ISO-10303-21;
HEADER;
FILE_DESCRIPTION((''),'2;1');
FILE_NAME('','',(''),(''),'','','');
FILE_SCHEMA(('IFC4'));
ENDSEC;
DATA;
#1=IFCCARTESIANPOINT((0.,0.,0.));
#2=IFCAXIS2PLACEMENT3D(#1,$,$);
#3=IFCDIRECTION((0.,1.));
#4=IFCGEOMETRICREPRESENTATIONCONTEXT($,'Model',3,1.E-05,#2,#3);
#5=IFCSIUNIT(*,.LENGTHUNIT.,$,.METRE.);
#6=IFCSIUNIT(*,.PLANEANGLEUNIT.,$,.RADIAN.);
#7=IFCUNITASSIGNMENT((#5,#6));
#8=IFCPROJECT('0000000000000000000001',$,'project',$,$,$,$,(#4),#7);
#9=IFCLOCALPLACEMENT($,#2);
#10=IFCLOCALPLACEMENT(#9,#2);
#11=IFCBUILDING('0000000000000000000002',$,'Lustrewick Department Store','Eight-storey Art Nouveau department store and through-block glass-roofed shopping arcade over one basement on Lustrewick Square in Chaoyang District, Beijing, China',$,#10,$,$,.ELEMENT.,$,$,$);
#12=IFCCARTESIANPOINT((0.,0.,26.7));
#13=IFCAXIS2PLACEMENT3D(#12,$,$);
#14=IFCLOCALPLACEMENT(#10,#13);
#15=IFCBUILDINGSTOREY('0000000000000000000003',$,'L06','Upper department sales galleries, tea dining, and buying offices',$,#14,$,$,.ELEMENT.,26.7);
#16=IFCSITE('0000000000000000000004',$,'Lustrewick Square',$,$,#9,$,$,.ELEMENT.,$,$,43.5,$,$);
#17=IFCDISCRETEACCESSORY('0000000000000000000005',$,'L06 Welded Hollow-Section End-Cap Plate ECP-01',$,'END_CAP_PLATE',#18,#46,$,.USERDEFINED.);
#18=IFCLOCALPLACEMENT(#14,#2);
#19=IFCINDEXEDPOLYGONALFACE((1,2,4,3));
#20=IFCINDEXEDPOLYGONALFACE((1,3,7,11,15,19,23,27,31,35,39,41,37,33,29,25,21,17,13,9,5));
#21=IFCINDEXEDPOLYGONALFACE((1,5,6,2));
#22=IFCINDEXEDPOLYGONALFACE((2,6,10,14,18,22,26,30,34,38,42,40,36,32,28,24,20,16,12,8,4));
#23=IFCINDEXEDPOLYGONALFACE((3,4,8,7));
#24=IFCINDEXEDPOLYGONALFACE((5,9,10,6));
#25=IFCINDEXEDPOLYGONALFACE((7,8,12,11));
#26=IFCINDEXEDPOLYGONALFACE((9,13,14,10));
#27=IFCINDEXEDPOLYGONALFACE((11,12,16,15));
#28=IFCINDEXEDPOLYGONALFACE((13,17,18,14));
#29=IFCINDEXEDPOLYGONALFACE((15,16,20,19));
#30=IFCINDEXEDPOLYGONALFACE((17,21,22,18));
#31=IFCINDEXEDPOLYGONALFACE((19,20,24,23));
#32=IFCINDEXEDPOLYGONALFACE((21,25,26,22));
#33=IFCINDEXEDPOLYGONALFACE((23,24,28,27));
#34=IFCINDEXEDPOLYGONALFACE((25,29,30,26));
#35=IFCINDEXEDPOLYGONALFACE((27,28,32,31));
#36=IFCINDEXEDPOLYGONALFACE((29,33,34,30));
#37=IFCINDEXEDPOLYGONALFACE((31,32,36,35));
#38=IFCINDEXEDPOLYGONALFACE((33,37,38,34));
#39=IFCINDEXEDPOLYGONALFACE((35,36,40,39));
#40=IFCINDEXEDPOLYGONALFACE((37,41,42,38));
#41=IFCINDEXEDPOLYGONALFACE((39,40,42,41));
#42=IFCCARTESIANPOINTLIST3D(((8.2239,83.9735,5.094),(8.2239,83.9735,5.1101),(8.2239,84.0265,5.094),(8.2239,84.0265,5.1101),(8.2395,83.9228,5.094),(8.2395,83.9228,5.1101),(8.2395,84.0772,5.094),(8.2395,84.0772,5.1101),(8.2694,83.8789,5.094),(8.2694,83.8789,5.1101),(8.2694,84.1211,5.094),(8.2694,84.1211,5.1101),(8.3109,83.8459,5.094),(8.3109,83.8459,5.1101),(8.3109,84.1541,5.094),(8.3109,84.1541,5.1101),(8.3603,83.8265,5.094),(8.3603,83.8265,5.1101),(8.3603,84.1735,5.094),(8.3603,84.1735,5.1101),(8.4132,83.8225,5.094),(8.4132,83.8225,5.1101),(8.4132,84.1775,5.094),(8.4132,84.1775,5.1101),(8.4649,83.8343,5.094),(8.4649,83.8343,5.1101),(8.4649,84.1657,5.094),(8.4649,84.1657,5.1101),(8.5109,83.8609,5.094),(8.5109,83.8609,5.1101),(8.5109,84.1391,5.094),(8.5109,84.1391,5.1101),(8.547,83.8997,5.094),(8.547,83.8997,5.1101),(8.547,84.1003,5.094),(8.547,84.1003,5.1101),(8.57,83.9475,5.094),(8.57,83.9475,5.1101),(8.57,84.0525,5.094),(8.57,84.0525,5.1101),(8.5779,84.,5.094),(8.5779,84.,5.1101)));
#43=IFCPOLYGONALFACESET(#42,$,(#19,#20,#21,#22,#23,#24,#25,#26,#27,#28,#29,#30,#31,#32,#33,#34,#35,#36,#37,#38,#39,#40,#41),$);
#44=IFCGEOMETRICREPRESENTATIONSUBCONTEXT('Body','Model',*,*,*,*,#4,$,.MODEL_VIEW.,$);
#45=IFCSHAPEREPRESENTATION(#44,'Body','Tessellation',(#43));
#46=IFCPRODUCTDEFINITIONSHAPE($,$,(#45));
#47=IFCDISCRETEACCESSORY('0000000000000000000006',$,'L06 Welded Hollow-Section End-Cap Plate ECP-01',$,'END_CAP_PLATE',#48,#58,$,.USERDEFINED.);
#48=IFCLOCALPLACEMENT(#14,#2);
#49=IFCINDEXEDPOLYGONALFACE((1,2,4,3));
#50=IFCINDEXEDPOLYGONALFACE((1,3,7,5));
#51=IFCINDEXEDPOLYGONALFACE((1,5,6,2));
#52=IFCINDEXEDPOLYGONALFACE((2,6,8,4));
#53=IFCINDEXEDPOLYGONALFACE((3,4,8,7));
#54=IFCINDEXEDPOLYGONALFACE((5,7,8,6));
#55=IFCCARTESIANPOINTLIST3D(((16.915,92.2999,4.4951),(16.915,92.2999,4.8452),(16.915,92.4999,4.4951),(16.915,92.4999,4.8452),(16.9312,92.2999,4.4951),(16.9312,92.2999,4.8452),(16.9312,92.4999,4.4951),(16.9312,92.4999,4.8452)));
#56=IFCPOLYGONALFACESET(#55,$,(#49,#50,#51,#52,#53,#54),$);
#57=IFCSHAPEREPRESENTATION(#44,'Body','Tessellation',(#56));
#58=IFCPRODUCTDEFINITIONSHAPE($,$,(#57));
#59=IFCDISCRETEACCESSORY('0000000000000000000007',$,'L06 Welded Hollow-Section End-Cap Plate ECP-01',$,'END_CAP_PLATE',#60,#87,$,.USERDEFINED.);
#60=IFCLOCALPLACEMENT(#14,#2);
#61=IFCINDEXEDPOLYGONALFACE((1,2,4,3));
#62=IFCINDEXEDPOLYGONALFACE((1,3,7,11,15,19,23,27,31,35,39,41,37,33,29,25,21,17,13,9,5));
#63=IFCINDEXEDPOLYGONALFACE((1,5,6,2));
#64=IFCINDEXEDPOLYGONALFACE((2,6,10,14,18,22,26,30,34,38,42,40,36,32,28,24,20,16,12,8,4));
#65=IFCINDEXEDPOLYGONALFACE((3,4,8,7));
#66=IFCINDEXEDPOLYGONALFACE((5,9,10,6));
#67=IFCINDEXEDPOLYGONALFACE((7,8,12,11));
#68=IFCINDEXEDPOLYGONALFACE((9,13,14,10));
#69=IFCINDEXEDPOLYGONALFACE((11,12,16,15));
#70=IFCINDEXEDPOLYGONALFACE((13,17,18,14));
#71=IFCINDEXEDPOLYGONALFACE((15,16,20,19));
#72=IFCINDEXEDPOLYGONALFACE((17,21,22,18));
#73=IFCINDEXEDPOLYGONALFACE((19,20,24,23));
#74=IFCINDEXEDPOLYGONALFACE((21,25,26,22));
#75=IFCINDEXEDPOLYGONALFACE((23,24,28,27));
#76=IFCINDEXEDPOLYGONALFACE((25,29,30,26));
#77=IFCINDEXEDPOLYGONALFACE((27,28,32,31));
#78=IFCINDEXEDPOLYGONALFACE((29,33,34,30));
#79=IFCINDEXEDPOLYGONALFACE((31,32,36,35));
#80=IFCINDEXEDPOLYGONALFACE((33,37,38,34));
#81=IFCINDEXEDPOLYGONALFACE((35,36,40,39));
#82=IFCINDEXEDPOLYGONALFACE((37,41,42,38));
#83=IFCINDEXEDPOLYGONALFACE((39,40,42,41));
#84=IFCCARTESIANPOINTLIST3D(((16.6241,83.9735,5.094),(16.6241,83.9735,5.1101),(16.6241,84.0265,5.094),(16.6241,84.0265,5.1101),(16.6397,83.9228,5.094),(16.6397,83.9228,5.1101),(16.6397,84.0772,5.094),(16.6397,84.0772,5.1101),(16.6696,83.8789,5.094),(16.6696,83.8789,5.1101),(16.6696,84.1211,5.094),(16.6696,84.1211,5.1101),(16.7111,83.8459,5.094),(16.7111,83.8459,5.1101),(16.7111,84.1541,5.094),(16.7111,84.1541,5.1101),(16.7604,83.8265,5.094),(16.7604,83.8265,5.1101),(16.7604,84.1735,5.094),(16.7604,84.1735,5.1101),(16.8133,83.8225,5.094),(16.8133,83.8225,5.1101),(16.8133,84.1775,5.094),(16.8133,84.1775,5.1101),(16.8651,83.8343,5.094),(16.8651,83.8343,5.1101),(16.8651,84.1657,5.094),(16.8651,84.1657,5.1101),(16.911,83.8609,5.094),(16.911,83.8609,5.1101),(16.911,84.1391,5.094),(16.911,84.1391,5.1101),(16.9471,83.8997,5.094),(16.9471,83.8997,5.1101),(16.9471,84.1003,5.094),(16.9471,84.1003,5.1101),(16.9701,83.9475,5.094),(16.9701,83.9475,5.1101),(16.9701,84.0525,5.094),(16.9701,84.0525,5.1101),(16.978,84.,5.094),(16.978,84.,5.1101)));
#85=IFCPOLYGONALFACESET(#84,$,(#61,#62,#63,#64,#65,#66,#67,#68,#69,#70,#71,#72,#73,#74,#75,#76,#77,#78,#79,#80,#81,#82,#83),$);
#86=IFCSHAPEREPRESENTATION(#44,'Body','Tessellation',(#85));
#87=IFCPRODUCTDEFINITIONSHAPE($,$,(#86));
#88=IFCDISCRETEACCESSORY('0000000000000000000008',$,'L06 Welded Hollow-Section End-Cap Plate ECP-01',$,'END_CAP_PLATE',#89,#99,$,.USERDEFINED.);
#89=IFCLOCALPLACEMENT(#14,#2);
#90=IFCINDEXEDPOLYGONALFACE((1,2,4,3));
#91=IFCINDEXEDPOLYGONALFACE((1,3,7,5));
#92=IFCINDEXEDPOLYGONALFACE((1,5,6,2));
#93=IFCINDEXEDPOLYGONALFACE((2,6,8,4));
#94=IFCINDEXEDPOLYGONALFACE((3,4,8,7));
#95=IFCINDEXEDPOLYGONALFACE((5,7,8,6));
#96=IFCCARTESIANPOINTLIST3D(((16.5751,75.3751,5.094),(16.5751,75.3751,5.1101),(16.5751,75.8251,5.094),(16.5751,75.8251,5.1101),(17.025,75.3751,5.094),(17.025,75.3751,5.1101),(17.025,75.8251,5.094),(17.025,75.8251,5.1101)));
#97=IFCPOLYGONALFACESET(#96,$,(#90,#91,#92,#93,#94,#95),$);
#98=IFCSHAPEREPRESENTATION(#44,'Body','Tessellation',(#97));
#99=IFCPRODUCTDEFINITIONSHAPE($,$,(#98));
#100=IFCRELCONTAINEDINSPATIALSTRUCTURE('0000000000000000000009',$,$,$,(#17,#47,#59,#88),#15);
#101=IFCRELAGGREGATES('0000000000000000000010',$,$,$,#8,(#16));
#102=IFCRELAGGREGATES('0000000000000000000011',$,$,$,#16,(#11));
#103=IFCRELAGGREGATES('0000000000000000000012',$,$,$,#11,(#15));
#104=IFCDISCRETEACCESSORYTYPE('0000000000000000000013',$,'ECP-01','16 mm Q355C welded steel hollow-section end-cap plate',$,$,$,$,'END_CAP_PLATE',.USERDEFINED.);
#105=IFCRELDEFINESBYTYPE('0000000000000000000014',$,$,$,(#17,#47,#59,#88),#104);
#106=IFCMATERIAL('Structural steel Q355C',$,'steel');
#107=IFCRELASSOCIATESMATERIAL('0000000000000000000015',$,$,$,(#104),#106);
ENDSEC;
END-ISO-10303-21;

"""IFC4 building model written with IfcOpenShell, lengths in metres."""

from ifc_helpers import new_model, si_unit, direction, frame, origin, origin_2d, place, context, subcontext, project, spatial, rectangle, circle, extrude, material, type_object, element, save


model = new_model("IFC4")

# Units and contexts
model_context = context("Model", 3, precision=1e-05, world=origin(), true_north=direction((0.0, 1.0)))
body_context = subcontext(model_context, "Body", "Model", "MODEL_VIEW")
ifc_project = project(units=[si_unit("LENGTHUNIT", "METRE"), si_unit("PLANEANGLEUNIT", "RADIAN")], contexts=[model_context])

# Site, building, storey
site_placement = place(None, origin())
site = spatial("IfcSite", under=ifc_project, at=site_placement, Name="Lustrewick Square", CompositionType="ELEMENT", RefElevation=43.5)
building_placement = place(site_placement, origin())
building = spatial("IfcBuilding", under=site, at=building_placement, Name="Lustrewick Department Store", Description="Eight-storey Art Nouveau department store and through-block glass-roofed shopping arcade over one basement on Lustrewick Square in Chaoyang District, Beijing, China", CompositionType="ELEMENT")
storey_placement = place(building_placement, frame((0.0, 0.0, 26.7)))
storey = spatial("IfcBuildingStorey", under=building, at=storey_placement, Name="L06", Description="Upper department sales galleries, tea dining, and buying offices", CompositionType="ELEMENT", Elevation=26.7)

# Shared definitions
ifc_material_1 = material(Name="Structural steel Q355C", Category="steel")

# Discrete accessories
discrete_accessory_type = type_object("IfcDiscreteAccessoryType", Name="ECP-01", Description="16 mm Q355C welded steel hollow-section end-cap plate", ElementType="END_CAP_PLATE", PredefinedType="USERDEFINED", material=ifc_material_1)
discrete_accessory_1_placement = place(storey_placement, frame((8.3999, 84.0, 5.094), z_axis=(0.0, 0.0, 1.0), x_axis=(1.0, 0.0, 0.0)))
element("IfcDiscreteAccessory", 1, at=discrete_accessory_1_placement, inside=storey, type_object=discrete_accessory_type, Name="L06 Welded Hollow-Section End-Cap Plate ECP-01", ObjectType="END_CAP_PLATE", PredefinedType="USERDEFINED", context=body_context, shape_type="SweptSolid", body=[
    extrude(circle(Radius=0.178, at=origin_2d()), origin(), (0.0, 0.0, 1.0), 0.0161),
])
discrete_accessory_2_placement = place(storey_placement, frame((16.9312, 92.3999, 4.6702), z_axis=(-1.0, 0.0, 0.0), x_axis=(0.0, 1.0, 0.0)))
element("IfcDiscreteAccessory", 2, at=discrete_accessory_2_placement, inside=storey, type_object=discrete_accessory_type, Name="L06 Welded Hollow-Section End-Cap Plate ECP-01", ObjectType="END_CAP_PLATE", PredefinedType="USERDEFINED", context=body_context, shape_type="SweptSolid", body=[
    extrude(rectangle(XDim=0.2, YDim=0.3501, at=origin_2d()), origin(), (0.0, 0.0, 1.0), 0.0161),
])
discrete_accessory_3_placement = place(storey_placement, frame((16.8, 84.0, 5.094), z_axis=(0.0, 0.0, 1.0), x_axis=(1.0, 0.0, 0.0)))
element("IfcDiscreteAccessory", 3, at=discrete_accessory_3_placement, inside=storey, type_object=discrete_accessory_type, Name="L06 Welded Hollow-Section End-Cap Plate ECP-01", ObjectType="END_CAP_PLATE", PredefinedType="USERDEFINED", context=body_context, shape_type="SweptSolid", body=[
    extrude(circle(Radius=0.178, at=origin_2d()), origin(), (0.0, 0.0, 1.0), 0.0161),
])
discrete_accessory_4_placement = place(storey_placement, frame((16.8, 75.6001, 5.094), z_axis=(0.0, 0.0, 1.0), x_axis=(1.0, 0.0, 0.0)))
element("IfcDiscreteAccessory", 4, at=discrete_accessory_4_placement, inside=storey, type_object=discrete_accessory_type, Name="L06 Welded Hollow-Section End-Cap Plate ECP-01", ObjectType="END_CAP_PLATE", PredefinedType="USERDEFINED", context=body_context, shape_type="SweptSolid", body=[
    extrude(rectangle(XDim=0.45, YDim=0.45, at=origin_2d()), origin(), (0.0, 0.0, 1.0), 0.0161),
])

save(model, "model.ifc")
